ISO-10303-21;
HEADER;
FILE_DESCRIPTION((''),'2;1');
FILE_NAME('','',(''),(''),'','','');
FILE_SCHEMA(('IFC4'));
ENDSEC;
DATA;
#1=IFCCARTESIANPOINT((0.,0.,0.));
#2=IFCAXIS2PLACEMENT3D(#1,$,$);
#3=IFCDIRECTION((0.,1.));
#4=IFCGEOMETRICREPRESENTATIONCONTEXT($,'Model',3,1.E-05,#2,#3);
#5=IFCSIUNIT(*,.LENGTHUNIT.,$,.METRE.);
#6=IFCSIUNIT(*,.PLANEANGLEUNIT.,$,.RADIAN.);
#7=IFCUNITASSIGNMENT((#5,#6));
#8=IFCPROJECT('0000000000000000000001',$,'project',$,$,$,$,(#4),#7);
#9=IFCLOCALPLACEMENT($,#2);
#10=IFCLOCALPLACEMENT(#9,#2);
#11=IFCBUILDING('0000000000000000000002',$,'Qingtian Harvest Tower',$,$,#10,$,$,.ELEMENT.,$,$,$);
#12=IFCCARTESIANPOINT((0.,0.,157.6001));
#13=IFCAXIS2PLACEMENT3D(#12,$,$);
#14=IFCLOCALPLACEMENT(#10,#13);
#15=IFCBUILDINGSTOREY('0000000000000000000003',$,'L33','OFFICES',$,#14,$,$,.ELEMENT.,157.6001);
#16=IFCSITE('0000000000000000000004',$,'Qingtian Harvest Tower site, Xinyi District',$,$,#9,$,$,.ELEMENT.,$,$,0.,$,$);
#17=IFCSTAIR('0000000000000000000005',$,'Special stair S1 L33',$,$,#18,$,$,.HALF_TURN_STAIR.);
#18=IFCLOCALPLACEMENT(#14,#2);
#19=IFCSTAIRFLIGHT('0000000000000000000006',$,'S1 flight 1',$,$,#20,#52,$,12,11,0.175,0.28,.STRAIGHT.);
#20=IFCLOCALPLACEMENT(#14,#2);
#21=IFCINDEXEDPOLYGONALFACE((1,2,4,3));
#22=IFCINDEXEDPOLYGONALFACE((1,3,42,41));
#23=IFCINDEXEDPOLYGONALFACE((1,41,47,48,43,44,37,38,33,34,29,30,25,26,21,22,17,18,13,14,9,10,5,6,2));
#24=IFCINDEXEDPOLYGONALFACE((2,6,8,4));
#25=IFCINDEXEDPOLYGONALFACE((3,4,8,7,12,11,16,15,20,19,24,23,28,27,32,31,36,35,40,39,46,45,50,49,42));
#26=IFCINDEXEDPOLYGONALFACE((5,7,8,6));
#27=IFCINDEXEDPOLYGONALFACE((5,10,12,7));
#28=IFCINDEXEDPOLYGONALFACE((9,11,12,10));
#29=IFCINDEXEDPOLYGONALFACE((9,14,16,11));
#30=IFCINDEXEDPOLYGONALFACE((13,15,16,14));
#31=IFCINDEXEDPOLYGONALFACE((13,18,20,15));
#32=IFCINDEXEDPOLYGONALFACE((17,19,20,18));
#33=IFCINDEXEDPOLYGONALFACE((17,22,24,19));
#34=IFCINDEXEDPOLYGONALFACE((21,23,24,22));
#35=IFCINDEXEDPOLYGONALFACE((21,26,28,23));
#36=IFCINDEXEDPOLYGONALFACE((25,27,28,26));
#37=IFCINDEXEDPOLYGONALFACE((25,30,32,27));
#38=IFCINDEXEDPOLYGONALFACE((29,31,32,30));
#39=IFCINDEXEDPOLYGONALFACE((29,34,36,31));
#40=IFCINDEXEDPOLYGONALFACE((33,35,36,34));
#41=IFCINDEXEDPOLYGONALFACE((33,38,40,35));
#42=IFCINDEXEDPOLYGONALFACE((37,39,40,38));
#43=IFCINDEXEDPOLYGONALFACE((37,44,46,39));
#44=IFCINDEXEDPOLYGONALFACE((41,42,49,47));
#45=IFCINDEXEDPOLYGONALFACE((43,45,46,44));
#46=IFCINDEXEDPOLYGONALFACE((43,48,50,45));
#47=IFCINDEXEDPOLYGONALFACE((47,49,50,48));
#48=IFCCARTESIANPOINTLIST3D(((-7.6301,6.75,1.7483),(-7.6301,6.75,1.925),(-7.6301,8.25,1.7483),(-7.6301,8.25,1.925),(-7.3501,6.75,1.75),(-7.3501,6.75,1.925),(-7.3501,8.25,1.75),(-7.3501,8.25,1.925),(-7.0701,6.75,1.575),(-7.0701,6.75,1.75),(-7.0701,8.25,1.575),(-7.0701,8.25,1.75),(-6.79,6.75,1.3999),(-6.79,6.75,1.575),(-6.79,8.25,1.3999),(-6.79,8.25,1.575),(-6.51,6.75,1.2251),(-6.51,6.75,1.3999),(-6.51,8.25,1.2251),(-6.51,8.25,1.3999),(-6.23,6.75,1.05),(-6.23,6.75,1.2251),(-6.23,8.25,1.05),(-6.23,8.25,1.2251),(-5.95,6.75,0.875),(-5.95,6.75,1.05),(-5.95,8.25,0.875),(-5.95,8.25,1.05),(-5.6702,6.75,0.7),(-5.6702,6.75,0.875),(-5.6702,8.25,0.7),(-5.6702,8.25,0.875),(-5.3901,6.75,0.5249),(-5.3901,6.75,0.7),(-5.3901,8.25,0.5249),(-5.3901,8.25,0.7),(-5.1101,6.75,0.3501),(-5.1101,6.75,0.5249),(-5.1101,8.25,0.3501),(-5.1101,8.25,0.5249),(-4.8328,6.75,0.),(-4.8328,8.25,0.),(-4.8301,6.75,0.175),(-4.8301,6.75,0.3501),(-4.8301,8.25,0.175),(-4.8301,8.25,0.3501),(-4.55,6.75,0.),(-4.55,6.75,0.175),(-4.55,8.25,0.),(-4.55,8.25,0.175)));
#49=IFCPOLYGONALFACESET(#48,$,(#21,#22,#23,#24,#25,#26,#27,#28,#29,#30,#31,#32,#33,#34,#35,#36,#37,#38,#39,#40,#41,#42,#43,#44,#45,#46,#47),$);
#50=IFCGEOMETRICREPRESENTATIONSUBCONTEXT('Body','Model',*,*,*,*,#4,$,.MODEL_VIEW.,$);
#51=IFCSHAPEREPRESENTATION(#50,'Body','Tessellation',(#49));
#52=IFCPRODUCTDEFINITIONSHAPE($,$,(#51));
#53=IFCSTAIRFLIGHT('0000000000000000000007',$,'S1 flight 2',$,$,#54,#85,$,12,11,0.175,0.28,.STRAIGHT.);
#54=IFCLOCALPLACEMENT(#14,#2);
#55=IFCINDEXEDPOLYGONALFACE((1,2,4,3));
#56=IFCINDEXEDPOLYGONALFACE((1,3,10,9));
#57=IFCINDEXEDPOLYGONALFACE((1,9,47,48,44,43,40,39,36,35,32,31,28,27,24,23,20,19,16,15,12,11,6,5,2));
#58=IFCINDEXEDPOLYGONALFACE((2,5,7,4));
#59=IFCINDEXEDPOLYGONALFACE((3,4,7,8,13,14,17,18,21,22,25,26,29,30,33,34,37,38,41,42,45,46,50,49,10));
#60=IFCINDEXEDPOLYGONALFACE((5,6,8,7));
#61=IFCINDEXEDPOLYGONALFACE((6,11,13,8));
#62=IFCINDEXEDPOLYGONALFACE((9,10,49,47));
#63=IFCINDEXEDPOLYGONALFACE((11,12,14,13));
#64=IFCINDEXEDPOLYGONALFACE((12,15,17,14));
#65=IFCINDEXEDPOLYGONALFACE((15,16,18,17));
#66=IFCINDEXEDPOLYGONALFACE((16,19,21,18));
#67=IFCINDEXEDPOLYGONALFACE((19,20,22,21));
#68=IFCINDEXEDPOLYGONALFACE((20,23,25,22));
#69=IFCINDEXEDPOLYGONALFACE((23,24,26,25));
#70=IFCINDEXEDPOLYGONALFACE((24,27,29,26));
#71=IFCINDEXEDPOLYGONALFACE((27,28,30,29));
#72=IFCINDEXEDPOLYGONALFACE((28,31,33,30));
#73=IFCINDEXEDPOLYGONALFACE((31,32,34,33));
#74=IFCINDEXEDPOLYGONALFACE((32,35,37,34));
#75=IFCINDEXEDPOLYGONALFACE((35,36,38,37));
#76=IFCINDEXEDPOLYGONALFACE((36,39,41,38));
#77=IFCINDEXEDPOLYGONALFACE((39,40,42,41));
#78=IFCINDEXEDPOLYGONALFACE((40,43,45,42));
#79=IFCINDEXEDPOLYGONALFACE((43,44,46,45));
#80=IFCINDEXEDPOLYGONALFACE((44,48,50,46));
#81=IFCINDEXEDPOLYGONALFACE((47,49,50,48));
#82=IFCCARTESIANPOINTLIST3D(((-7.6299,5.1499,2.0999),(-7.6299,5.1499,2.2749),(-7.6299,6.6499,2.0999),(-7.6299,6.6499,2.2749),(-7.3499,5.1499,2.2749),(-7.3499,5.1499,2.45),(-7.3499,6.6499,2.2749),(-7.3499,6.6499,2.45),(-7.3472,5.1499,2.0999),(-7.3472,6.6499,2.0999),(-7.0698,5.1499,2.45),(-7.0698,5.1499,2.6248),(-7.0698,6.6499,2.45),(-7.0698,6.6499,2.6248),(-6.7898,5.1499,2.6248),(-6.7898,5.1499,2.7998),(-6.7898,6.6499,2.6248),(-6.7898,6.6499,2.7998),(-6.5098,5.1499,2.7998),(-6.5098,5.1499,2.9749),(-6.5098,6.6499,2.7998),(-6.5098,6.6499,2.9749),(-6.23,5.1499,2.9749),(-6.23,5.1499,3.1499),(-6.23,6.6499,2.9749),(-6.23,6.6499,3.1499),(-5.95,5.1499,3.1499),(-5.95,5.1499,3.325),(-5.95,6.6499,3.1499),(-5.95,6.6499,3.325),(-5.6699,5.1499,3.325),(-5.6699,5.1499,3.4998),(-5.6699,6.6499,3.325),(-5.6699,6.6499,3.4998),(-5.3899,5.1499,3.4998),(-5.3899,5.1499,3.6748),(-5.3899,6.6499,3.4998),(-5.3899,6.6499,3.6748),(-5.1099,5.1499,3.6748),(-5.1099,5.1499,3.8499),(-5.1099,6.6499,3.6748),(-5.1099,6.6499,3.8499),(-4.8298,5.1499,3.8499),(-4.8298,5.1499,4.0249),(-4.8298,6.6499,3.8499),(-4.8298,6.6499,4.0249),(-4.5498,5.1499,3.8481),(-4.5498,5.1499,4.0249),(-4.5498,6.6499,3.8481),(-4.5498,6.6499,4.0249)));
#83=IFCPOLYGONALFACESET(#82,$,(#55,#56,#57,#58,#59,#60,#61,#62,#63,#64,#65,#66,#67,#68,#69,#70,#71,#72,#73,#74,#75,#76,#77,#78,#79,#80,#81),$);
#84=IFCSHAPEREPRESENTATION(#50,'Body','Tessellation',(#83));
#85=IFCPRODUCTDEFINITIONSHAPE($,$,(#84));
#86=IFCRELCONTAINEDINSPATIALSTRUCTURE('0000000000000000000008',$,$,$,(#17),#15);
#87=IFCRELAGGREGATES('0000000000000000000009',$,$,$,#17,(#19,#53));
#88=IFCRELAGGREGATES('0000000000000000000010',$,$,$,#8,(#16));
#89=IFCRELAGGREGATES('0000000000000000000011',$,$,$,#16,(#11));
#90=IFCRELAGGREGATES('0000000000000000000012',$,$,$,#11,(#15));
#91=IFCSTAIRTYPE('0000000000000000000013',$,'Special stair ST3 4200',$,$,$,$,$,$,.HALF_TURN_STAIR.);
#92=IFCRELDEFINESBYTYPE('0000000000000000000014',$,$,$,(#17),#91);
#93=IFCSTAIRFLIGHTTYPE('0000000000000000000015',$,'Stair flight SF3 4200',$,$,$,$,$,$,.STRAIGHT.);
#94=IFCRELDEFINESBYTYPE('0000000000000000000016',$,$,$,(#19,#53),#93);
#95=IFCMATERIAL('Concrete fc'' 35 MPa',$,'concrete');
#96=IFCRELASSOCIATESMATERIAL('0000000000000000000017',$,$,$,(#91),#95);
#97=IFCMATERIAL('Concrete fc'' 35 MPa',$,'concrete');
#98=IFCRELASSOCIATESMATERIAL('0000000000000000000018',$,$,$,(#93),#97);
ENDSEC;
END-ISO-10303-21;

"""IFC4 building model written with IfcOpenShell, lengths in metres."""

from ifc_helpers import new_model, si_unit, direction, frame, origin, place, context, subcontext, project, spatial, polyline, outline, extrude, material, type_object, element, aggregate, save


model = new_model("IFC4")

# Units and contexts
model_context = context("Model", 3, precision=1e-05, world=origin(), true_north=direction((0.0, 1.0)))
body_context = subcontext(model_context, "Body", "Model", "MODEL_VIEW")
ifc_project = project(units=[si_unit("LENGTHUNIT", "METRE"), si_unit("PLANEANGLEUNIT", "RADIAN")], contexts=[model_context])

# Site, building, storey
site_placement = place(None, origin())
site = spatial("IfcSite", under=ifc_project, at=site_placement, Name="Qingtian Harvest Tower site, Xinyi District", CompositionType="ELEMENT", RefElevation=0.0)
building_placement = place(site_placement, origin())
building = spatial("IfcBuilding", under=site, at=building_placement, Name="Qingtian Harvest Tower", CompositionType="ELEMENT")
storey_placement = place(building_placement, frame((0.0, 0.0, 157.6001)))
storey = spatial("IfcBuildingStorey", under=building, at=storey_placement, Name="L33", Description="OFFICES", CompositionType="ELEMENT", Elevation=157.6001)

# Stair, stair flights
ifc_material_1 = material(Name="Concrete fc' 35 MPa", Category="concrete")
stair_type = type_object("IfcStairType", Name="Special stair ST3 4200", PredefinedType="HALF_TURN_STAIR", material=ifc_material_1)
stair_placement = place(storey_placement, origin())
stair = element("IfcStair", 1, at=stair_placement, inside=storey, type_object=stair_type, Name="Special stair S1 L33", PredefinedType="HALF_TURN_STAIR")
ifc_material_2 = material(Name="Concrete fc' 35 MPa", Category="concrete")
stair_flight_type = type_object("IfcStairFlightType", Name="Stair flight SF3 4200", PredefinedType="STRAIGHT", material=ifc_material_2)
stair_flight_1_placement = place(storey_placement, frame((-4.55, 7.5, 0.0), z_axis=(0.0, 0.0, 1.0), x_axis=(-1.0, 0.0, 0.0)))
stair_flight_1 = element("IfcStairFlight", 2, at=stair_flight_1_placement, type_object=stair_flight_type, Name="S1 flight 1", NumberOfRisers=12, NumberOfTreads=11, PredefinedType="STRAIGHT", RiserHeight=0.175, TreadLength=0.28, context=body_context, shape_type="SweptSolid", body=[
    extrude(outline(polyline([(0.0, 0.0), (0.0, 0.175), (0.28, 0.175), (0.28, 0.3501), (0.5601, 0.3501), (0.5601, 0.5249), (0.8401, 0.5249), (0.8401, 0.7), (1.1201, 0.7), (1.1201, 0.875), (1.3999, 0.875), (1.3999, 1.05), (1.6799, 1.05), (1.6799, 1.2251), (1.96, 1.2251), (1.96, 1.3999), (2.24, 1.3999), (2.24, 1.575), (2.52, 1.575), (2.52, 1.75), (2.8, 1.75), (2.8, 1.925), (3.0801, 1.925), (3.0801, 2.1001), (3.0801, 1.7483), (0.2827, 0.0), (0.0, 0.0)])), frame((0.0, 0.75, 0.0), z_axis=(0.0, -1.0, 0.0), x_axis=(1.0, 0.0, 0.0)), (0.0, 0.0, 1.0), 1.5),
])
stair_flight_2_placement = place(storey_placement, frame((-7.6299, 5.8999, 2.0999), z_axis=(0.0, 0.0, 1.0), x_axis=(1.0, 0.0, 0.0)))
stair_flight_2 = element("IfcStairFlight", 3, at=stair_flight_2_placement, type_object=stair_flight_type, Name="S1 flight 2", NumberOfRisers=12, NumberOfTreads=11, PredefinedType="STRAIGHT", RiserHeight=0.175, TreadLength=0.28, context=body_context, shape_type="SweptSolid", body=[
    extrude(outline(polyline([(0.0, 0.0), (0.0, 0.175), (0.28, 0.175), (0.28, 0.3501), (0.5601, 0.3501), (0.5601, 0.5249), (0.8401, 0.5249), (0.8401, 0.7), (1.1201, 0.7), (1.1201, 0.875), (1.3999, 0.875), (1.3999, 1.05), (1.6799, 1.05), (1.6799, 1.2251), (1.96, 1.2251), (1.96, 1.3999), (2.24, 1.3999), (2.24, 1.575), (2.52, 1.575), (2.52, 1.75), (2.8, 1.75), (2.8, 1.925), (3.0801, 1.925), (3.0801, 2.1001), (3.0801, 1.7483), (0.2827, 0.0), (0.0, 0.0)])), frame((0.0, 0.75, 0.0), z_axis=(0.0, -1.0, 0.0), x_axis=(1.0, 0.0, 0.0)), (0.0, 0.0, 1.0), 1.5),
])
aggregate(stair, [stair_flight_1, stair_flight_2])

save(model, "model.ifc")
